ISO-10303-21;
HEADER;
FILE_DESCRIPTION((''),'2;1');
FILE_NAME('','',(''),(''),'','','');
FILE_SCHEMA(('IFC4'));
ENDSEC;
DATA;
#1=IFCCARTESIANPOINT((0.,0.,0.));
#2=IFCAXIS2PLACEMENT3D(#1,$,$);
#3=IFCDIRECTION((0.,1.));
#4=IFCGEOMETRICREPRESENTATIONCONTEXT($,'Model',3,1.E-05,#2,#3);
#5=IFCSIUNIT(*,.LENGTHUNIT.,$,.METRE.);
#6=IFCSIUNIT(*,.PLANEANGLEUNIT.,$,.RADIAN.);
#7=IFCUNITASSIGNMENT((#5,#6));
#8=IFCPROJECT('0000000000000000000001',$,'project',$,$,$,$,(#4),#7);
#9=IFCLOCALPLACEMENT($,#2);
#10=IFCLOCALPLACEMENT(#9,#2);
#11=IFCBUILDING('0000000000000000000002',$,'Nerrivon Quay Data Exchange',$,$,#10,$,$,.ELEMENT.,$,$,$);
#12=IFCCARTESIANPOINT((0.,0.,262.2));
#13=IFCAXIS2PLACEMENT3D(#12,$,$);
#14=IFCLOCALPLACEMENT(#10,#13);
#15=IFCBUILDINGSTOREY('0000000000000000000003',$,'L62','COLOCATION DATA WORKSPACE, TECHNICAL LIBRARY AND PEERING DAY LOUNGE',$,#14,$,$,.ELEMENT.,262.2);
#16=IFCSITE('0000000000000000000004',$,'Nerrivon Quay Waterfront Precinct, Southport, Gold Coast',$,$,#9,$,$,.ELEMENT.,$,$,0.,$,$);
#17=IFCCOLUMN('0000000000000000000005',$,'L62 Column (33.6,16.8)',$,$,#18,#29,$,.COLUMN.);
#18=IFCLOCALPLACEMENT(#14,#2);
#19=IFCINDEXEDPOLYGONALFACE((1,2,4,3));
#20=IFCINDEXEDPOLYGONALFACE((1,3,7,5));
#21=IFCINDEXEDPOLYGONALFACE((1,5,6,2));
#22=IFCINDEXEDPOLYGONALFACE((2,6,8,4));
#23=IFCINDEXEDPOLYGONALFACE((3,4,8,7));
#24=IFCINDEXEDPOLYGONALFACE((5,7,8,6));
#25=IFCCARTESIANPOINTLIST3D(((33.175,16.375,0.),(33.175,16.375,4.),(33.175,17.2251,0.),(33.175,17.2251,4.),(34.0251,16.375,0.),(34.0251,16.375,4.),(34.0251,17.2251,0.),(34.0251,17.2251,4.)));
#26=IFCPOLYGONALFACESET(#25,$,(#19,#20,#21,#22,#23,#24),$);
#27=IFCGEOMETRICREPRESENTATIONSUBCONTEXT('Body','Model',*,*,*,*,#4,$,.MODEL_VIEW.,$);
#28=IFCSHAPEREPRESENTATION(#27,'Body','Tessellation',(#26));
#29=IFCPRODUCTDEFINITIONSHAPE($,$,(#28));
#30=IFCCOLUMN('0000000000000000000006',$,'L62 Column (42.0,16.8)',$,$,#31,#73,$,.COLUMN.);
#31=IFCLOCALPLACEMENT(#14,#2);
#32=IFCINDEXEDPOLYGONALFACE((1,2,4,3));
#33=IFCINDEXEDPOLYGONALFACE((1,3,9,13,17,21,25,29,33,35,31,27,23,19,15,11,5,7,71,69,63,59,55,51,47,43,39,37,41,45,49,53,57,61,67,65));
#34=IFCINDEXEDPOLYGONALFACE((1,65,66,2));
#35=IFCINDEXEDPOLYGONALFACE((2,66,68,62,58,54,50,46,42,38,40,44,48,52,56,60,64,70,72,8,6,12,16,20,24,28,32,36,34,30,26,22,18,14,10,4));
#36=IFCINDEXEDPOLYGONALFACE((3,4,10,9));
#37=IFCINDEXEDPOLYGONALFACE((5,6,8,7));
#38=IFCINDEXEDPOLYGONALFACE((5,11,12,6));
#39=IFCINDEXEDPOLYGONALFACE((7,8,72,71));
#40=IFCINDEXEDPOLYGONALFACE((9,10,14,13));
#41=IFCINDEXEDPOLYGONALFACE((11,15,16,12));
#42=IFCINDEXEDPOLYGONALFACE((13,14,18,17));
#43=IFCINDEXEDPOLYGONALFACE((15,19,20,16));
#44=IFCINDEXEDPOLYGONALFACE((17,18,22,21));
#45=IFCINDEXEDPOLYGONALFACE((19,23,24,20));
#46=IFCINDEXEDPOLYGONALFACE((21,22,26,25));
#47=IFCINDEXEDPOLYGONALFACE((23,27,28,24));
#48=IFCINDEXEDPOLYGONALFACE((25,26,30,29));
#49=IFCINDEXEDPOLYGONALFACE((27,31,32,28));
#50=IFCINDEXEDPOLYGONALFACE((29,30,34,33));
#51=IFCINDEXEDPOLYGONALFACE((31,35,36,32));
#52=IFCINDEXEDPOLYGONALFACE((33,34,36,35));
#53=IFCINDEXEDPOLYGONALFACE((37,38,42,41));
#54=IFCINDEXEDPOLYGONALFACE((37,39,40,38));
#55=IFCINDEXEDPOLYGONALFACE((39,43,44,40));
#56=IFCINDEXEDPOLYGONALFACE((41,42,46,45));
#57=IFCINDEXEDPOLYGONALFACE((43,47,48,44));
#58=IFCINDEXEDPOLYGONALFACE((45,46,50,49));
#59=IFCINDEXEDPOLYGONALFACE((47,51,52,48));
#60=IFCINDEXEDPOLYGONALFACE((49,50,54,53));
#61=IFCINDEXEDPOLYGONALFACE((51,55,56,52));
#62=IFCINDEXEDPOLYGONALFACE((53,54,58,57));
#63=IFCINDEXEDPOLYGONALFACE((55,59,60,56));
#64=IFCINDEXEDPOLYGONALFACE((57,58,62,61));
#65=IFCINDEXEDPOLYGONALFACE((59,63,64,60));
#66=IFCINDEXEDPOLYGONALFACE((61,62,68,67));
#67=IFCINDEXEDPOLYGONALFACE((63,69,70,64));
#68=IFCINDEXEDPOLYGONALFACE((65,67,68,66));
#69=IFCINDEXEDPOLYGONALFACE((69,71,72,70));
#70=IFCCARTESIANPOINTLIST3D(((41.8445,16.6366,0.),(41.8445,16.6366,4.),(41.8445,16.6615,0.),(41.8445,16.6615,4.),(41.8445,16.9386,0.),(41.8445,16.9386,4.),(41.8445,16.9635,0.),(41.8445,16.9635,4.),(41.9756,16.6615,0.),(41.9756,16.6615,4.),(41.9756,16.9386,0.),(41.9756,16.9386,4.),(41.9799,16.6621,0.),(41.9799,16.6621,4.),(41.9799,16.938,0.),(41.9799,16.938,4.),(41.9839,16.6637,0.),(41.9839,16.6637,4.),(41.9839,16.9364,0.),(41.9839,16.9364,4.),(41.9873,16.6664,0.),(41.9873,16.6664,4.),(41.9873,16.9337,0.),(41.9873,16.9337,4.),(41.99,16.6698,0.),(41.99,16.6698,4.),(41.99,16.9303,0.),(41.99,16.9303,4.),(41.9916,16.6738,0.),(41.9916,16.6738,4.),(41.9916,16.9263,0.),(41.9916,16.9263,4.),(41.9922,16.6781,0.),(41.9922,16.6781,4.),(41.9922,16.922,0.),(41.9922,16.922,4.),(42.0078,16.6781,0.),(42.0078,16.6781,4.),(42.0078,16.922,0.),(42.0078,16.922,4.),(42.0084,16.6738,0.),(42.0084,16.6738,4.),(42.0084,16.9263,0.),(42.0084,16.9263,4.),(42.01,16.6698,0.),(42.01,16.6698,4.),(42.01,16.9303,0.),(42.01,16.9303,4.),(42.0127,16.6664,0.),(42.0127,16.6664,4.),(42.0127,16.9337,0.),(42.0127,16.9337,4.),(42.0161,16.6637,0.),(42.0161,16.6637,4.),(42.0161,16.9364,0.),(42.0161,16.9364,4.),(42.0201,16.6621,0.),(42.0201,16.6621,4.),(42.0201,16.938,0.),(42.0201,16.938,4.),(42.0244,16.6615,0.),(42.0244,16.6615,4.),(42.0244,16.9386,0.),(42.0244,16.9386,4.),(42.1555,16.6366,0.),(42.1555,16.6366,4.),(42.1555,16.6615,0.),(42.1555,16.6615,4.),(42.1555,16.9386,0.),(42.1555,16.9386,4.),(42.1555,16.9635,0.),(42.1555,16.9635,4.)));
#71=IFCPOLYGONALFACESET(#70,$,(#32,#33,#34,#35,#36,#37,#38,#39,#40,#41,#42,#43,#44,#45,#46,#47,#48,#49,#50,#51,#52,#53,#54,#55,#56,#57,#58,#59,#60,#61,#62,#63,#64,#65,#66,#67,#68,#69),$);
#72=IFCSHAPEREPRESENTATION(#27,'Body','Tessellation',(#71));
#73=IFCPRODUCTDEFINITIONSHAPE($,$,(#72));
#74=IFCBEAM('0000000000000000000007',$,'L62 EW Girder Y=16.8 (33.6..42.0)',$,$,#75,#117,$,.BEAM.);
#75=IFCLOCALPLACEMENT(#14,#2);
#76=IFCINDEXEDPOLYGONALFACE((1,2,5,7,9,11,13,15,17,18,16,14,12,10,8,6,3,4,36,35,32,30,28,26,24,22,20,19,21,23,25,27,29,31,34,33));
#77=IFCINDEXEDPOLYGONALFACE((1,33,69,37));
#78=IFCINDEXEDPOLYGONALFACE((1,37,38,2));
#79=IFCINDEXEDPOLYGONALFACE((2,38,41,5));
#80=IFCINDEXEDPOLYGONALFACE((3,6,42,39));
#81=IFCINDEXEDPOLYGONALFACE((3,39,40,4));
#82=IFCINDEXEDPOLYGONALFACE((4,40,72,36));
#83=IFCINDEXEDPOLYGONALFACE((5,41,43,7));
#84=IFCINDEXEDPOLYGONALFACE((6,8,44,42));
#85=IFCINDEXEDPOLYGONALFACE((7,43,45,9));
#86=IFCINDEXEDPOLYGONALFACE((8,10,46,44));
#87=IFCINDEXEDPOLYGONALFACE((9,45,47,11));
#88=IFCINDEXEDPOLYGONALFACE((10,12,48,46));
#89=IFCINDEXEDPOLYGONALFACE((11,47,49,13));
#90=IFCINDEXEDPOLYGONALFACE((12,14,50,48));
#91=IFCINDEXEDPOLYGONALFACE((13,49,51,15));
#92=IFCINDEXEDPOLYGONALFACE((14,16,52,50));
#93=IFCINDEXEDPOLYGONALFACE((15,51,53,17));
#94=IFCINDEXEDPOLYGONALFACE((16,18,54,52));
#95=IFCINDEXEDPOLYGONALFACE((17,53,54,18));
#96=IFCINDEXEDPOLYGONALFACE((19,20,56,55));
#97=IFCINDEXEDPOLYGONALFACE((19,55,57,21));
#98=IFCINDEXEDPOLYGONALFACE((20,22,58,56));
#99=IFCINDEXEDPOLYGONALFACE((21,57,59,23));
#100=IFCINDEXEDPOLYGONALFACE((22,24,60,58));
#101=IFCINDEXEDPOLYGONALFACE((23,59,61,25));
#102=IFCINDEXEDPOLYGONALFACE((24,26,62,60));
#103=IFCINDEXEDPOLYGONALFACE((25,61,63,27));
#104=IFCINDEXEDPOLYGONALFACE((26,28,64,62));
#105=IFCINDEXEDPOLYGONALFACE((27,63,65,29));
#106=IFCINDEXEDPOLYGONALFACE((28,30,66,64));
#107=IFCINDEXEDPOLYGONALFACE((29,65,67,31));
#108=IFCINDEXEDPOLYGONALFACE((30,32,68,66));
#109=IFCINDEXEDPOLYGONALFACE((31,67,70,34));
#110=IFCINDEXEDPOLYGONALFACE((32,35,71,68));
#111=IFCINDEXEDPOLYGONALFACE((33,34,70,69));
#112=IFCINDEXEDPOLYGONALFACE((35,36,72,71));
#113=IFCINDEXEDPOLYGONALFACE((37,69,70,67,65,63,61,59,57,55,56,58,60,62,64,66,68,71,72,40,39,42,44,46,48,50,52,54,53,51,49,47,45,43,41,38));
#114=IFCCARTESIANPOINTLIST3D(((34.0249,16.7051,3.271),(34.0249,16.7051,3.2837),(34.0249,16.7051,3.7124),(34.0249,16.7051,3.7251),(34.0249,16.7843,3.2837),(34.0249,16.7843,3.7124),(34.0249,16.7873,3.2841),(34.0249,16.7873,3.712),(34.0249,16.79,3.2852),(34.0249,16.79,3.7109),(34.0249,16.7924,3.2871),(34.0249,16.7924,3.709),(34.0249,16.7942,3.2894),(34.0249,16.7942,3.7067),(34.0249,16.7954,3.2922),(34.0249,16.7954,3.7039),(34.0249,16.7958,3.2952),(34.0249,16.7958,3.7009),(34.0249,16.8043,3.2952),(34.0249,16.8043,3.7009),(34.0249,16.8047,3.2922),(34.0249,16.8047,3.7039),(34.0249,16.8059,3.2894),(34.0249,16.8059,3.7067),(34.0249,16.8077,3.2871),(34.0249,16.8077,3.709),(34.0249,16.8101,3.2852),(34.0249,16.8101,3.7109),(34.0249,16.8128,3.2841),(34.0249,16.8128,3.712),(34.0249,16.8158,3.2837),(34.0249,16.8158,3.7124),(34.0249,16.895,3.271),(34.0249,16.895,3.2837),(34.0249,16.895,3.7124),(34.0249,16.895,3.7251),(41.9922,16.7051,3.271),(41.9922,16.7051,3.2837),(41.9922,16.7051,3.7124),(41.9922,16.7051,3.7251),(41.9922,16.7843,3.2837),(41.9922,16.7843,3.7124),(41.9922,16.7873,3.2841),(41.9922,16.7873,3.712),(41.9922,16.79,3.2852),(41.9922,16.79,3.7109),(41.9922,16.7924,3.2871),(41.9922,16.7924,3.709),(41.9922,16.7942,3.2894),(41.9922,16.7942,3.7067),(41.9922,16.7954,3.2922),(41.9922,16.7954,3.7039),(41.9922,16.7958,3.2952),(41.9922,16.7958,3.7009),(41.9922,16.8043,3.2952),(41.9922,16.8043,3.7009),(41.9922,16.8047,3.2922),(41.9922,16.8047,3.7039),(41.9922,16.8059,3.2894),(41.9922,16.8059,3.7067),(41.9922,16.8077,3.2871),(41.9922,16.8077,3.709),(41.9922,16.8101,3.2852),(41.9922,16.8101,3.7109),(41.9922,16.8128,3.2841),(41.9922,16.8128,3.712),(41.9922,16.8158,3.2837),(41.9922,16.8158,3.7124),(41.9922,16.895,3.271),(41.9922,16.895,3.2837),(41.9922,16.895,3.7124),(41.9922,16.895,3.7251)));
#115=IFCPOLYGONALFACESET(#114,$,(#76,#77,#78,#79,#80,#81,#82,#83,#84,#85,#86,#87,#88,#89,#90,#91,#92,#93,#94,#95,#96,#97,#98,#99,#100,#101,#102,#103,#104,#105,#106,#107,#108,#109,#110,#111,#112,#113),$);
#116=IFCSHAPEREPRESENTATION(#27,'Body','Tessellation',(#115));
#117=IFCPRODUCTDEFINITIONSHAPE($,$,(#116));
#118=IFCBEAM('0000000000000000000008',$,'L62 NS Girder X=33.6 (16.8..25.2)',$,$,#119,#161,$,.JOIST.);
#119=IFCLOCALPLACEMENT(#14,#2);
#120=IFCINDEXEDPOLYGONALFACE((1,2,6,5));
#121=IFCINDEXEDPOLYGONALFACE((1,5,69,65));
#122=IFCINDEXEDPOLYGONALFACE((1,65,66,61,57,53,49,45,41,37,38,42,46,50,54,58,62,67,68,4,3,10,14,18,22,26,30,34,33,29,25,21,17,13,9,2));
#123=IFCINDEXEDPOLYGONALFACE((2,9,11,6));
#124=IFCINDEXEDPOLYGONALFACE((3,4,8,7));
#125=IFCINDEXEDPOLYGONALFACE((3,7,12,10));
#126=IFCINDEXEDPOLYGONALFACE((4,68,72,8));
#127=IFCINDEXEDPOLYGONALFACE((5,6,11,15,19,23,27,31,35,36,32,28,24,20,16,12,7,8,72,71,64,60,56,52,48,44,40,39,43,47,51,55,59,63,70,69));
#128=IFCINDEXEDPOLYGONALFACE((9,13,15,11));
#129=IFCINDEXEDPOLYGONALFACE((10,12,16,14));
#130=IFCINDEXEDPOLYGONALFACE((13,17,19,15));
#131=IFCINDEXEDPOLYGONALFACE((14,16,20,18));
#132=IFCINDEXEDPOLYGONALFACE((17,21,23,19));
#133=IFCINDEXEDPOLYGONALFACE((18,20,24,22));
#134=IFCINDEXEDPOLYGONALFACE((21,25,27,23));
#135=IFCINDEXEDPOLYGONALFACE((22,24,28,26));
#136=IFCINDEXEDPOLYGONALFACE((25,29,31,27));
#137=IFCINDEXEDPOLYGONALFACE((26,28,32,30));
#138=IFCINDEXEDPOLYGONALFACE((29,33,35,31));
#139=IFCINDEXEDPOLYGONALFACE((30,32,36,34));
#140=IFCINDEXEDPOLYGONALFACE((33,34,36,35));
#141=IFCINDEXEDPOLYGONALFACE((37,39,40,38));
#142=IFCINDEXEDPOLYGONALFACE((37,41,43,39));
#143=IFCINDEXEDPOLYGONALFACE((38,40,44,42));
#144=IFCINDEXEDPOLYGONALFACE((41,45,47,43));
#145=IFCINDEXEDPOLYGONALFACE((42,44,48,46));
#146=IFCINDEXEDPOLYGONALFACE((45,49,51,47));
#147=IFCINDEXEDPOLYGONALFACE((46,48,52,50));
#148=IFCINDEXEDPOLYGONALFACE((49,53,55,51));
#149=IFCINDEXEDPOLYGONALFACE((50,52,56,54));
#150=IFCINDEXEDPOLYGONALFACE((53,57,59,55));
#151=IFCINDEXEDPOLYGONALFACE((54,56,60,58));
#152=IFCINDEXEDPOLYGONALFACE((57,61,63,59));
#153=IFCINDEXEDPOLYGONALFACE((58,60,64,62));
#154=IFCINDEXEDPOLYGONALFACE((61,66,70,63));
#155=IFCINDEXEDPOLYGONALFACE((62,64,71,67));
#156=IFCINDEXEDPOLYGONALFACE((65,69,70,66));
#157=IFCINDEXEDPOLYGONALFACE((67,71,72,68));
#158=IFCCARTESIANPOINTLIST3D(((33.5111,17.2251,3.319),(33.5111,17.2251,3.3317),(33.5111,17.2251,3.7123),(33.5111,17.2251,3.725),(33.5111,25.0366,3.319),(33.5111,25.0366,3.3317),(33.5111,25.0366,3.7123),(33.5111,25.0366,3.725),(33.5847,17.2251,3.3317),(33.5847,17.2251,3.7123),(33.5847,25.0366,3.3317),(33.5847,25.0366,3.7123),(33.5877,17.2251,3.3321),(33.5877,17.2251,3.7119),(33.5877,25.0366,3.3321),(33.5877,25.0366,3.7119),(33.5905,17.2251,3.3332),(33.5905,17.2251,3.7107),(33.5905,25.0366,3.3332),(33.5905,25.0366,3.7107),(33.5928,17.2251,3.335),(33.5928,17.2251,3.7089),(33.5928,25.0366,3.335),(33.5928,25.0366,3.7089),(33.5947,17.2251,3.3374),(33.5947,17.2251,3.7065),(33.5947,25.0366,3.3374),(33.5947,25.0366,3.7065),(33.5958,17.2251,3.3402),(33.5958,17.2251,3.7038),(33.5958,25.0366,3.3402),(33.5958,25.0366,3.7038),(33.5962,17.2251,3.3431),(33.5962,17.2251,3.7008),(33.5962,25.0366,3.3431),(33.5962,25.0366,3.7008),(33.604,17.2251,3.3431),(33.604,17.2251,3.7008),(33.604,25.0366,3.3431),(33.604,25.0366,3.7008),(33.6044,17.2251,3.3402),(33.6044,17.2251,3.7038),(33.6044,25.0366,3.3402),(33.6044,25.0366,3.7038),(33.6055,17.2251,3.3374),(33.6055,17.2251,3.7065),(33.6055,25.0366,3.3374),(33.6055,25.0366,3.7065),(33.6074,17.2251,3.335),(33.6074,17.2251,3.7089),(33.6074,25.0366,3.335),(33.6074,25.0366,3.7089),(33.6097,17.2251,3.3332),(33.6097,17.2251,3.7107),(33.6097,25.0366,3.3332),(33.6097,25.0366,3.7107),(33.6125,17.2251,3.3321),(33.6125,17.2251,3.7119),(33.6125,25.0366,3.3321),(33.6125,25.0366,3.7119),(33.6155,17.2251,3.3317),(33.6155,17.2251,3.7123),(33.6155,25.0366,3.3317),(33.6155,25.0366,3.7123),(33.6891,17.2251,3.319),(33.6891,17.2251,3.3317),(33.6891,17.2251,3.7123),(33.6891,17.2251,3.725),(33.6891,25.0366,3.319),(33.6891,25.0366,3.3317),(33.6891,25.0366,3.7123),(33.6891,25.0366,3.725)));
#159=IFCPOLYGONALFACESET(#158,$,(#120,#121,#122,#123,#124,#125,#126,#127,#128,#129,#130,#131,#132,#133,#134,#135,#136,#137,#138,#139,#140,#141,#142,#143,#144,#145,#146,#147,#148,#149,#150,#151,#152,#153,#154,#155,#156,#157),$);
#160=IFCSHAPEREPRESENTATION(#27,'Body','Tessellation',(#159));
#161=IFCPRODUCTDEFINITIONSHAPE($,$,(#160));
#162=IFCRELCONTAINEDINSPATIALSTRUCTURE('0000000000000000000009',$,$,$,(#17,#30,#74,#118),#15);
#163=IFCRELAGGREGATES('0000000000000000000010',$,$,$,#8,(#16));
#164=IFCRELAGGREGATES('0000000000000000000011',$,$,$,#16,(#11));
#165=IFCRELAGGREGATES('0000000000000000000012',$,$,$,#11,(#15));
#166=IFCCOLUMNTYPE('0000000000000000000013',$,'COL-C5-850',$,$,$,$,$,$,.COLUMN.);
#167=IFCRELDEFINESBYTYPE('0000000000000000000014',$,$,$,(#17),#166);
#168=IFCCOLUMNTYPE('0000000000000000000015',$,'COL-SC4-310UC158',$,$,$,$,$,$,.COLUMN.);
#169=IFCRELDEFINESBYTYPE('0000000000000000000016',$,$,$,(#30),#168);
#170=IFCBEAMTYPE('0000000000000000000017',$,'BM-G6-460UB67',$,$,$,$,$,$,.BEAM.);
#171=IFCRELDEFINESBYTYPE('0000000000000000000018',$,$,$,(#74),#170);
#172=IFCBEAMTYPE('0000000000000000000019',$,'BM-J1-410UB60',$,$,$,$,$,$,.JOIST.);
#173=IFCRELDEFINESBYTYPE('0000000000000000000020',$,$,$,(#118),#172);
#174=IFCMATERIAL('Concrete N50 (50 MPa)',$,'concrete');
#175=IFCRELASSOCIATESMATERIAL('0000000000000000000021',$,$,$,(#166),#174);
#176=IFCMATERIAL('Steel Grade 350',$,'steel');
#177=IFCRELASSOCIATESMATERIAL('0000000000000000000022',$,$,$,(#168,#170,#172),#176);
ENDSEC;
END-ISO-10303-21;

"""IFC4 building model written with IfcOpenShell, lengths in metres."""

from ifc_helpers import new_model, si_unit, direction, frame, origin, origin_2d, place, context, subcontext, project, spatial, rectangle, i_section, extrude, material, material_profile, profile_set, type_object, element, save


model = new_model("IFC4")

# Units and contexts
model_context = context("Model", 3, precision=1e-05, world=origin(), true_north=direction((0.0, 1.0)))
body_context = subcontext(model_context, "Body", "Model", "MODEL_VIEW")
ifc_project = project(units=[si_unit("LENGTHUNIT", "METRE"), si_unit("PLANEANGLEUNIT", "RADIAN")], contexts=[model_context])

# Site, building, storey
site_placement = place(None, origin())
site = spatial("IfcSite", under=ifc_project, at=site_placement, Name="Nerrivon Quay Waterfront Precinct, Southport, Gold Coast", CompositionType="ELEMENT", RefElevation=0.0)
building_placement = place(site_placement, origin())
building = spatial("IfcBuilding", under=site, at=building_placement, Name="Nerrivon Quay Data Exchange", CompositionType="ELEMENT")
storey_placement = place(building_placement, frame((0.0, 0.0, 262.2)))
storey = spatial("IfcBuildingStorey", under=building, at=storey_placement, Name="L62", Description="COLOCATION DATA WORKSPACE, TECHNICAL LIBRARY AND PEERING DAY LOUNGE", CompositionType="ELEMENT", Elevation=262.2)

# Columns
ifc_material_1 = material(Name="Concrete N50 (50 MPa)", Category="concrete")
ifc_material_profile_1 = material_profile(ifc_material_1, rectangle(XDim=0.8501, YDim=0.8501, at=origin_2d()), Name="RC-COL-850x850")
ifc_profile_set_1 = profile_set([ifc_material_profile_1], Name="Concrete N50 (50 MPa)")
column_type_1 = type_object("IfcColumnType", Name="COL-C5-850", PredefinedType="COLUMN", material=ifc_profile_set_1)
column_1_placement = place(storey_placement, frame((33.6001, 16.8, 0.0), z_axis=(0.0, 0.0, 1.0), x_axis=(1.0, 0.0, 0.0)))
element("IfcColumn", 1, at=column_1_placement, inside=storey, type_object=column_type_1, Name="L62 Column (33.6,16.8)", PredefinedType="COLUMN", context=body_context, shape_type="SweptSolid", body=[
    extrude(rectangle(XDim=0.8501, YDim=0.8501, at=origin_2d()), origin(), (0.0, 0.0, 1.0), 4.0),
])
ifc_material_2 = material(Name="Steel Grade 350", Category="steel")
ifc_material_profile_2 = material_profile(ifc_material_2, i_section(OverallWidth=0.311, OverallDepth=0.3269, WebThickness=0.0156, FlangeThickness=0.0249, FilletRadius=0.0166, at=origin_2d()), Name="310UC158")
ifc_profile_set_2 = profile_set([ifc_material_profile_2], Name="Steel Grade 350")
column_type_2 = type_object("IfcColumnType", Name="COL-SC4-310UC158", PredefinedType="COLUMN", material=ifc_profile_set_2)
column_2_placement = place(storey_placement, frame((42.0, 16.8, 0.0), z_axis=(0.0, 0.0, 1.0), x_axis=(1.0, 0.0, 0.0)))
element("IfcColumn", 2, at=column_2_placement, inside=storey, type_object=column_type_2, Name="L62 Column (42.0,16.8)", PredefinedType="COLUMN", context=body_context, shape_type="SweptSolid", body=[
    extrude(i_section(OverallWidth=0.311, OverallDepth=0.3269, WebThickness=0.0156, FlangeThickness=0.0249, FilletRadius=0.0166, at=origin_2d()), origin(), (0.0, 0.0, 1.0), 4.0),
])

# Beams
ifc_material_profile_3 = material_profile(ifc_material_2, i_section(OverallWidth=0.1899, OverallDepth=0.4541, WebThickness=0.0085, FlangeThickness=0.0127, FilletRadius=0.0115, at=origin_2d()), Name="460UB67.1")
ifc_profile_set_3 = profile_set([ifc_material_profile_3], Name="Steel Grade 350")
beam_type_1 = type_object("IfcBeamType", Name="BM-G6-460UB67", PredefinedType="BEAM", material=ifc_profile_set_3)
beam_1_placement = place(storey_placement, frame((34.0249, 16.8, 3.498), z_axis=(1.0, 0.0, 0.0), x_axis=(0.0, 1.0, 0.0)))
element("IfcBeam", 3, at=beam_1_placement, inside=storey, type_object=beam_type_1, Name="L62 EW Girder Y=16.8 (33.6..42.0)", PredefinedType="BEAM", context=body_context, shape_type="SweptSolid", body=[
    extrude(i_section(OverallWidth=0.1899, OverallDepth=0.4541, WebThickness=0.0085, FlangeThickness=0.0127, FilletRadius=0.0115, at=origin_2d()), origin(), (0.0, 0.0, 1.0), 7.9673),
])
ifc_material_profile_4 = material_profile(ifc_material_2, i_section(OverallWidth=0.178, OverallDepth=0.406, WebThickness=0.0078, FlangeThickness=0.0127, FilletRadius=0.0115, at=origin_2d()), Name="410UB59.7")
ifc_profile_set_4 = profile_set([ifc_material_profile_4], Name="Steel Grade 350")
beam_type_2 = type_object("IfcBeamType", Name="BM-J1-410UB60", PredefinedType="JOIST", material=ifc_profile_set_4)
beam_2_placement = place(storey_placement, frame((33.6001, 17.2251, 3.522), z_axis=(0.0, 1.0, 0.0), x_axis=(-1.0, 0.0, 0.0)))
element("IfcBeam", 4, at=beam_2_placement, inside=storey, type_object=beam_type_2, Name="L62 NS Girder X=33.6 (16.8..25.2)", PredefinedType="JOIST", context=body_context, shape_type="SweptSolid", body=[
    extrude(i_section(OverallWidth=0.178, OverallDepth=0.406, WebThickness=0.0078, FlangeThickness=0.0127, FilletRadius=0.0115, at=origin_2d()), origin(), (0.0, 0.0, 1.0), 7.8115),
])

save(model, "model.ifc")
